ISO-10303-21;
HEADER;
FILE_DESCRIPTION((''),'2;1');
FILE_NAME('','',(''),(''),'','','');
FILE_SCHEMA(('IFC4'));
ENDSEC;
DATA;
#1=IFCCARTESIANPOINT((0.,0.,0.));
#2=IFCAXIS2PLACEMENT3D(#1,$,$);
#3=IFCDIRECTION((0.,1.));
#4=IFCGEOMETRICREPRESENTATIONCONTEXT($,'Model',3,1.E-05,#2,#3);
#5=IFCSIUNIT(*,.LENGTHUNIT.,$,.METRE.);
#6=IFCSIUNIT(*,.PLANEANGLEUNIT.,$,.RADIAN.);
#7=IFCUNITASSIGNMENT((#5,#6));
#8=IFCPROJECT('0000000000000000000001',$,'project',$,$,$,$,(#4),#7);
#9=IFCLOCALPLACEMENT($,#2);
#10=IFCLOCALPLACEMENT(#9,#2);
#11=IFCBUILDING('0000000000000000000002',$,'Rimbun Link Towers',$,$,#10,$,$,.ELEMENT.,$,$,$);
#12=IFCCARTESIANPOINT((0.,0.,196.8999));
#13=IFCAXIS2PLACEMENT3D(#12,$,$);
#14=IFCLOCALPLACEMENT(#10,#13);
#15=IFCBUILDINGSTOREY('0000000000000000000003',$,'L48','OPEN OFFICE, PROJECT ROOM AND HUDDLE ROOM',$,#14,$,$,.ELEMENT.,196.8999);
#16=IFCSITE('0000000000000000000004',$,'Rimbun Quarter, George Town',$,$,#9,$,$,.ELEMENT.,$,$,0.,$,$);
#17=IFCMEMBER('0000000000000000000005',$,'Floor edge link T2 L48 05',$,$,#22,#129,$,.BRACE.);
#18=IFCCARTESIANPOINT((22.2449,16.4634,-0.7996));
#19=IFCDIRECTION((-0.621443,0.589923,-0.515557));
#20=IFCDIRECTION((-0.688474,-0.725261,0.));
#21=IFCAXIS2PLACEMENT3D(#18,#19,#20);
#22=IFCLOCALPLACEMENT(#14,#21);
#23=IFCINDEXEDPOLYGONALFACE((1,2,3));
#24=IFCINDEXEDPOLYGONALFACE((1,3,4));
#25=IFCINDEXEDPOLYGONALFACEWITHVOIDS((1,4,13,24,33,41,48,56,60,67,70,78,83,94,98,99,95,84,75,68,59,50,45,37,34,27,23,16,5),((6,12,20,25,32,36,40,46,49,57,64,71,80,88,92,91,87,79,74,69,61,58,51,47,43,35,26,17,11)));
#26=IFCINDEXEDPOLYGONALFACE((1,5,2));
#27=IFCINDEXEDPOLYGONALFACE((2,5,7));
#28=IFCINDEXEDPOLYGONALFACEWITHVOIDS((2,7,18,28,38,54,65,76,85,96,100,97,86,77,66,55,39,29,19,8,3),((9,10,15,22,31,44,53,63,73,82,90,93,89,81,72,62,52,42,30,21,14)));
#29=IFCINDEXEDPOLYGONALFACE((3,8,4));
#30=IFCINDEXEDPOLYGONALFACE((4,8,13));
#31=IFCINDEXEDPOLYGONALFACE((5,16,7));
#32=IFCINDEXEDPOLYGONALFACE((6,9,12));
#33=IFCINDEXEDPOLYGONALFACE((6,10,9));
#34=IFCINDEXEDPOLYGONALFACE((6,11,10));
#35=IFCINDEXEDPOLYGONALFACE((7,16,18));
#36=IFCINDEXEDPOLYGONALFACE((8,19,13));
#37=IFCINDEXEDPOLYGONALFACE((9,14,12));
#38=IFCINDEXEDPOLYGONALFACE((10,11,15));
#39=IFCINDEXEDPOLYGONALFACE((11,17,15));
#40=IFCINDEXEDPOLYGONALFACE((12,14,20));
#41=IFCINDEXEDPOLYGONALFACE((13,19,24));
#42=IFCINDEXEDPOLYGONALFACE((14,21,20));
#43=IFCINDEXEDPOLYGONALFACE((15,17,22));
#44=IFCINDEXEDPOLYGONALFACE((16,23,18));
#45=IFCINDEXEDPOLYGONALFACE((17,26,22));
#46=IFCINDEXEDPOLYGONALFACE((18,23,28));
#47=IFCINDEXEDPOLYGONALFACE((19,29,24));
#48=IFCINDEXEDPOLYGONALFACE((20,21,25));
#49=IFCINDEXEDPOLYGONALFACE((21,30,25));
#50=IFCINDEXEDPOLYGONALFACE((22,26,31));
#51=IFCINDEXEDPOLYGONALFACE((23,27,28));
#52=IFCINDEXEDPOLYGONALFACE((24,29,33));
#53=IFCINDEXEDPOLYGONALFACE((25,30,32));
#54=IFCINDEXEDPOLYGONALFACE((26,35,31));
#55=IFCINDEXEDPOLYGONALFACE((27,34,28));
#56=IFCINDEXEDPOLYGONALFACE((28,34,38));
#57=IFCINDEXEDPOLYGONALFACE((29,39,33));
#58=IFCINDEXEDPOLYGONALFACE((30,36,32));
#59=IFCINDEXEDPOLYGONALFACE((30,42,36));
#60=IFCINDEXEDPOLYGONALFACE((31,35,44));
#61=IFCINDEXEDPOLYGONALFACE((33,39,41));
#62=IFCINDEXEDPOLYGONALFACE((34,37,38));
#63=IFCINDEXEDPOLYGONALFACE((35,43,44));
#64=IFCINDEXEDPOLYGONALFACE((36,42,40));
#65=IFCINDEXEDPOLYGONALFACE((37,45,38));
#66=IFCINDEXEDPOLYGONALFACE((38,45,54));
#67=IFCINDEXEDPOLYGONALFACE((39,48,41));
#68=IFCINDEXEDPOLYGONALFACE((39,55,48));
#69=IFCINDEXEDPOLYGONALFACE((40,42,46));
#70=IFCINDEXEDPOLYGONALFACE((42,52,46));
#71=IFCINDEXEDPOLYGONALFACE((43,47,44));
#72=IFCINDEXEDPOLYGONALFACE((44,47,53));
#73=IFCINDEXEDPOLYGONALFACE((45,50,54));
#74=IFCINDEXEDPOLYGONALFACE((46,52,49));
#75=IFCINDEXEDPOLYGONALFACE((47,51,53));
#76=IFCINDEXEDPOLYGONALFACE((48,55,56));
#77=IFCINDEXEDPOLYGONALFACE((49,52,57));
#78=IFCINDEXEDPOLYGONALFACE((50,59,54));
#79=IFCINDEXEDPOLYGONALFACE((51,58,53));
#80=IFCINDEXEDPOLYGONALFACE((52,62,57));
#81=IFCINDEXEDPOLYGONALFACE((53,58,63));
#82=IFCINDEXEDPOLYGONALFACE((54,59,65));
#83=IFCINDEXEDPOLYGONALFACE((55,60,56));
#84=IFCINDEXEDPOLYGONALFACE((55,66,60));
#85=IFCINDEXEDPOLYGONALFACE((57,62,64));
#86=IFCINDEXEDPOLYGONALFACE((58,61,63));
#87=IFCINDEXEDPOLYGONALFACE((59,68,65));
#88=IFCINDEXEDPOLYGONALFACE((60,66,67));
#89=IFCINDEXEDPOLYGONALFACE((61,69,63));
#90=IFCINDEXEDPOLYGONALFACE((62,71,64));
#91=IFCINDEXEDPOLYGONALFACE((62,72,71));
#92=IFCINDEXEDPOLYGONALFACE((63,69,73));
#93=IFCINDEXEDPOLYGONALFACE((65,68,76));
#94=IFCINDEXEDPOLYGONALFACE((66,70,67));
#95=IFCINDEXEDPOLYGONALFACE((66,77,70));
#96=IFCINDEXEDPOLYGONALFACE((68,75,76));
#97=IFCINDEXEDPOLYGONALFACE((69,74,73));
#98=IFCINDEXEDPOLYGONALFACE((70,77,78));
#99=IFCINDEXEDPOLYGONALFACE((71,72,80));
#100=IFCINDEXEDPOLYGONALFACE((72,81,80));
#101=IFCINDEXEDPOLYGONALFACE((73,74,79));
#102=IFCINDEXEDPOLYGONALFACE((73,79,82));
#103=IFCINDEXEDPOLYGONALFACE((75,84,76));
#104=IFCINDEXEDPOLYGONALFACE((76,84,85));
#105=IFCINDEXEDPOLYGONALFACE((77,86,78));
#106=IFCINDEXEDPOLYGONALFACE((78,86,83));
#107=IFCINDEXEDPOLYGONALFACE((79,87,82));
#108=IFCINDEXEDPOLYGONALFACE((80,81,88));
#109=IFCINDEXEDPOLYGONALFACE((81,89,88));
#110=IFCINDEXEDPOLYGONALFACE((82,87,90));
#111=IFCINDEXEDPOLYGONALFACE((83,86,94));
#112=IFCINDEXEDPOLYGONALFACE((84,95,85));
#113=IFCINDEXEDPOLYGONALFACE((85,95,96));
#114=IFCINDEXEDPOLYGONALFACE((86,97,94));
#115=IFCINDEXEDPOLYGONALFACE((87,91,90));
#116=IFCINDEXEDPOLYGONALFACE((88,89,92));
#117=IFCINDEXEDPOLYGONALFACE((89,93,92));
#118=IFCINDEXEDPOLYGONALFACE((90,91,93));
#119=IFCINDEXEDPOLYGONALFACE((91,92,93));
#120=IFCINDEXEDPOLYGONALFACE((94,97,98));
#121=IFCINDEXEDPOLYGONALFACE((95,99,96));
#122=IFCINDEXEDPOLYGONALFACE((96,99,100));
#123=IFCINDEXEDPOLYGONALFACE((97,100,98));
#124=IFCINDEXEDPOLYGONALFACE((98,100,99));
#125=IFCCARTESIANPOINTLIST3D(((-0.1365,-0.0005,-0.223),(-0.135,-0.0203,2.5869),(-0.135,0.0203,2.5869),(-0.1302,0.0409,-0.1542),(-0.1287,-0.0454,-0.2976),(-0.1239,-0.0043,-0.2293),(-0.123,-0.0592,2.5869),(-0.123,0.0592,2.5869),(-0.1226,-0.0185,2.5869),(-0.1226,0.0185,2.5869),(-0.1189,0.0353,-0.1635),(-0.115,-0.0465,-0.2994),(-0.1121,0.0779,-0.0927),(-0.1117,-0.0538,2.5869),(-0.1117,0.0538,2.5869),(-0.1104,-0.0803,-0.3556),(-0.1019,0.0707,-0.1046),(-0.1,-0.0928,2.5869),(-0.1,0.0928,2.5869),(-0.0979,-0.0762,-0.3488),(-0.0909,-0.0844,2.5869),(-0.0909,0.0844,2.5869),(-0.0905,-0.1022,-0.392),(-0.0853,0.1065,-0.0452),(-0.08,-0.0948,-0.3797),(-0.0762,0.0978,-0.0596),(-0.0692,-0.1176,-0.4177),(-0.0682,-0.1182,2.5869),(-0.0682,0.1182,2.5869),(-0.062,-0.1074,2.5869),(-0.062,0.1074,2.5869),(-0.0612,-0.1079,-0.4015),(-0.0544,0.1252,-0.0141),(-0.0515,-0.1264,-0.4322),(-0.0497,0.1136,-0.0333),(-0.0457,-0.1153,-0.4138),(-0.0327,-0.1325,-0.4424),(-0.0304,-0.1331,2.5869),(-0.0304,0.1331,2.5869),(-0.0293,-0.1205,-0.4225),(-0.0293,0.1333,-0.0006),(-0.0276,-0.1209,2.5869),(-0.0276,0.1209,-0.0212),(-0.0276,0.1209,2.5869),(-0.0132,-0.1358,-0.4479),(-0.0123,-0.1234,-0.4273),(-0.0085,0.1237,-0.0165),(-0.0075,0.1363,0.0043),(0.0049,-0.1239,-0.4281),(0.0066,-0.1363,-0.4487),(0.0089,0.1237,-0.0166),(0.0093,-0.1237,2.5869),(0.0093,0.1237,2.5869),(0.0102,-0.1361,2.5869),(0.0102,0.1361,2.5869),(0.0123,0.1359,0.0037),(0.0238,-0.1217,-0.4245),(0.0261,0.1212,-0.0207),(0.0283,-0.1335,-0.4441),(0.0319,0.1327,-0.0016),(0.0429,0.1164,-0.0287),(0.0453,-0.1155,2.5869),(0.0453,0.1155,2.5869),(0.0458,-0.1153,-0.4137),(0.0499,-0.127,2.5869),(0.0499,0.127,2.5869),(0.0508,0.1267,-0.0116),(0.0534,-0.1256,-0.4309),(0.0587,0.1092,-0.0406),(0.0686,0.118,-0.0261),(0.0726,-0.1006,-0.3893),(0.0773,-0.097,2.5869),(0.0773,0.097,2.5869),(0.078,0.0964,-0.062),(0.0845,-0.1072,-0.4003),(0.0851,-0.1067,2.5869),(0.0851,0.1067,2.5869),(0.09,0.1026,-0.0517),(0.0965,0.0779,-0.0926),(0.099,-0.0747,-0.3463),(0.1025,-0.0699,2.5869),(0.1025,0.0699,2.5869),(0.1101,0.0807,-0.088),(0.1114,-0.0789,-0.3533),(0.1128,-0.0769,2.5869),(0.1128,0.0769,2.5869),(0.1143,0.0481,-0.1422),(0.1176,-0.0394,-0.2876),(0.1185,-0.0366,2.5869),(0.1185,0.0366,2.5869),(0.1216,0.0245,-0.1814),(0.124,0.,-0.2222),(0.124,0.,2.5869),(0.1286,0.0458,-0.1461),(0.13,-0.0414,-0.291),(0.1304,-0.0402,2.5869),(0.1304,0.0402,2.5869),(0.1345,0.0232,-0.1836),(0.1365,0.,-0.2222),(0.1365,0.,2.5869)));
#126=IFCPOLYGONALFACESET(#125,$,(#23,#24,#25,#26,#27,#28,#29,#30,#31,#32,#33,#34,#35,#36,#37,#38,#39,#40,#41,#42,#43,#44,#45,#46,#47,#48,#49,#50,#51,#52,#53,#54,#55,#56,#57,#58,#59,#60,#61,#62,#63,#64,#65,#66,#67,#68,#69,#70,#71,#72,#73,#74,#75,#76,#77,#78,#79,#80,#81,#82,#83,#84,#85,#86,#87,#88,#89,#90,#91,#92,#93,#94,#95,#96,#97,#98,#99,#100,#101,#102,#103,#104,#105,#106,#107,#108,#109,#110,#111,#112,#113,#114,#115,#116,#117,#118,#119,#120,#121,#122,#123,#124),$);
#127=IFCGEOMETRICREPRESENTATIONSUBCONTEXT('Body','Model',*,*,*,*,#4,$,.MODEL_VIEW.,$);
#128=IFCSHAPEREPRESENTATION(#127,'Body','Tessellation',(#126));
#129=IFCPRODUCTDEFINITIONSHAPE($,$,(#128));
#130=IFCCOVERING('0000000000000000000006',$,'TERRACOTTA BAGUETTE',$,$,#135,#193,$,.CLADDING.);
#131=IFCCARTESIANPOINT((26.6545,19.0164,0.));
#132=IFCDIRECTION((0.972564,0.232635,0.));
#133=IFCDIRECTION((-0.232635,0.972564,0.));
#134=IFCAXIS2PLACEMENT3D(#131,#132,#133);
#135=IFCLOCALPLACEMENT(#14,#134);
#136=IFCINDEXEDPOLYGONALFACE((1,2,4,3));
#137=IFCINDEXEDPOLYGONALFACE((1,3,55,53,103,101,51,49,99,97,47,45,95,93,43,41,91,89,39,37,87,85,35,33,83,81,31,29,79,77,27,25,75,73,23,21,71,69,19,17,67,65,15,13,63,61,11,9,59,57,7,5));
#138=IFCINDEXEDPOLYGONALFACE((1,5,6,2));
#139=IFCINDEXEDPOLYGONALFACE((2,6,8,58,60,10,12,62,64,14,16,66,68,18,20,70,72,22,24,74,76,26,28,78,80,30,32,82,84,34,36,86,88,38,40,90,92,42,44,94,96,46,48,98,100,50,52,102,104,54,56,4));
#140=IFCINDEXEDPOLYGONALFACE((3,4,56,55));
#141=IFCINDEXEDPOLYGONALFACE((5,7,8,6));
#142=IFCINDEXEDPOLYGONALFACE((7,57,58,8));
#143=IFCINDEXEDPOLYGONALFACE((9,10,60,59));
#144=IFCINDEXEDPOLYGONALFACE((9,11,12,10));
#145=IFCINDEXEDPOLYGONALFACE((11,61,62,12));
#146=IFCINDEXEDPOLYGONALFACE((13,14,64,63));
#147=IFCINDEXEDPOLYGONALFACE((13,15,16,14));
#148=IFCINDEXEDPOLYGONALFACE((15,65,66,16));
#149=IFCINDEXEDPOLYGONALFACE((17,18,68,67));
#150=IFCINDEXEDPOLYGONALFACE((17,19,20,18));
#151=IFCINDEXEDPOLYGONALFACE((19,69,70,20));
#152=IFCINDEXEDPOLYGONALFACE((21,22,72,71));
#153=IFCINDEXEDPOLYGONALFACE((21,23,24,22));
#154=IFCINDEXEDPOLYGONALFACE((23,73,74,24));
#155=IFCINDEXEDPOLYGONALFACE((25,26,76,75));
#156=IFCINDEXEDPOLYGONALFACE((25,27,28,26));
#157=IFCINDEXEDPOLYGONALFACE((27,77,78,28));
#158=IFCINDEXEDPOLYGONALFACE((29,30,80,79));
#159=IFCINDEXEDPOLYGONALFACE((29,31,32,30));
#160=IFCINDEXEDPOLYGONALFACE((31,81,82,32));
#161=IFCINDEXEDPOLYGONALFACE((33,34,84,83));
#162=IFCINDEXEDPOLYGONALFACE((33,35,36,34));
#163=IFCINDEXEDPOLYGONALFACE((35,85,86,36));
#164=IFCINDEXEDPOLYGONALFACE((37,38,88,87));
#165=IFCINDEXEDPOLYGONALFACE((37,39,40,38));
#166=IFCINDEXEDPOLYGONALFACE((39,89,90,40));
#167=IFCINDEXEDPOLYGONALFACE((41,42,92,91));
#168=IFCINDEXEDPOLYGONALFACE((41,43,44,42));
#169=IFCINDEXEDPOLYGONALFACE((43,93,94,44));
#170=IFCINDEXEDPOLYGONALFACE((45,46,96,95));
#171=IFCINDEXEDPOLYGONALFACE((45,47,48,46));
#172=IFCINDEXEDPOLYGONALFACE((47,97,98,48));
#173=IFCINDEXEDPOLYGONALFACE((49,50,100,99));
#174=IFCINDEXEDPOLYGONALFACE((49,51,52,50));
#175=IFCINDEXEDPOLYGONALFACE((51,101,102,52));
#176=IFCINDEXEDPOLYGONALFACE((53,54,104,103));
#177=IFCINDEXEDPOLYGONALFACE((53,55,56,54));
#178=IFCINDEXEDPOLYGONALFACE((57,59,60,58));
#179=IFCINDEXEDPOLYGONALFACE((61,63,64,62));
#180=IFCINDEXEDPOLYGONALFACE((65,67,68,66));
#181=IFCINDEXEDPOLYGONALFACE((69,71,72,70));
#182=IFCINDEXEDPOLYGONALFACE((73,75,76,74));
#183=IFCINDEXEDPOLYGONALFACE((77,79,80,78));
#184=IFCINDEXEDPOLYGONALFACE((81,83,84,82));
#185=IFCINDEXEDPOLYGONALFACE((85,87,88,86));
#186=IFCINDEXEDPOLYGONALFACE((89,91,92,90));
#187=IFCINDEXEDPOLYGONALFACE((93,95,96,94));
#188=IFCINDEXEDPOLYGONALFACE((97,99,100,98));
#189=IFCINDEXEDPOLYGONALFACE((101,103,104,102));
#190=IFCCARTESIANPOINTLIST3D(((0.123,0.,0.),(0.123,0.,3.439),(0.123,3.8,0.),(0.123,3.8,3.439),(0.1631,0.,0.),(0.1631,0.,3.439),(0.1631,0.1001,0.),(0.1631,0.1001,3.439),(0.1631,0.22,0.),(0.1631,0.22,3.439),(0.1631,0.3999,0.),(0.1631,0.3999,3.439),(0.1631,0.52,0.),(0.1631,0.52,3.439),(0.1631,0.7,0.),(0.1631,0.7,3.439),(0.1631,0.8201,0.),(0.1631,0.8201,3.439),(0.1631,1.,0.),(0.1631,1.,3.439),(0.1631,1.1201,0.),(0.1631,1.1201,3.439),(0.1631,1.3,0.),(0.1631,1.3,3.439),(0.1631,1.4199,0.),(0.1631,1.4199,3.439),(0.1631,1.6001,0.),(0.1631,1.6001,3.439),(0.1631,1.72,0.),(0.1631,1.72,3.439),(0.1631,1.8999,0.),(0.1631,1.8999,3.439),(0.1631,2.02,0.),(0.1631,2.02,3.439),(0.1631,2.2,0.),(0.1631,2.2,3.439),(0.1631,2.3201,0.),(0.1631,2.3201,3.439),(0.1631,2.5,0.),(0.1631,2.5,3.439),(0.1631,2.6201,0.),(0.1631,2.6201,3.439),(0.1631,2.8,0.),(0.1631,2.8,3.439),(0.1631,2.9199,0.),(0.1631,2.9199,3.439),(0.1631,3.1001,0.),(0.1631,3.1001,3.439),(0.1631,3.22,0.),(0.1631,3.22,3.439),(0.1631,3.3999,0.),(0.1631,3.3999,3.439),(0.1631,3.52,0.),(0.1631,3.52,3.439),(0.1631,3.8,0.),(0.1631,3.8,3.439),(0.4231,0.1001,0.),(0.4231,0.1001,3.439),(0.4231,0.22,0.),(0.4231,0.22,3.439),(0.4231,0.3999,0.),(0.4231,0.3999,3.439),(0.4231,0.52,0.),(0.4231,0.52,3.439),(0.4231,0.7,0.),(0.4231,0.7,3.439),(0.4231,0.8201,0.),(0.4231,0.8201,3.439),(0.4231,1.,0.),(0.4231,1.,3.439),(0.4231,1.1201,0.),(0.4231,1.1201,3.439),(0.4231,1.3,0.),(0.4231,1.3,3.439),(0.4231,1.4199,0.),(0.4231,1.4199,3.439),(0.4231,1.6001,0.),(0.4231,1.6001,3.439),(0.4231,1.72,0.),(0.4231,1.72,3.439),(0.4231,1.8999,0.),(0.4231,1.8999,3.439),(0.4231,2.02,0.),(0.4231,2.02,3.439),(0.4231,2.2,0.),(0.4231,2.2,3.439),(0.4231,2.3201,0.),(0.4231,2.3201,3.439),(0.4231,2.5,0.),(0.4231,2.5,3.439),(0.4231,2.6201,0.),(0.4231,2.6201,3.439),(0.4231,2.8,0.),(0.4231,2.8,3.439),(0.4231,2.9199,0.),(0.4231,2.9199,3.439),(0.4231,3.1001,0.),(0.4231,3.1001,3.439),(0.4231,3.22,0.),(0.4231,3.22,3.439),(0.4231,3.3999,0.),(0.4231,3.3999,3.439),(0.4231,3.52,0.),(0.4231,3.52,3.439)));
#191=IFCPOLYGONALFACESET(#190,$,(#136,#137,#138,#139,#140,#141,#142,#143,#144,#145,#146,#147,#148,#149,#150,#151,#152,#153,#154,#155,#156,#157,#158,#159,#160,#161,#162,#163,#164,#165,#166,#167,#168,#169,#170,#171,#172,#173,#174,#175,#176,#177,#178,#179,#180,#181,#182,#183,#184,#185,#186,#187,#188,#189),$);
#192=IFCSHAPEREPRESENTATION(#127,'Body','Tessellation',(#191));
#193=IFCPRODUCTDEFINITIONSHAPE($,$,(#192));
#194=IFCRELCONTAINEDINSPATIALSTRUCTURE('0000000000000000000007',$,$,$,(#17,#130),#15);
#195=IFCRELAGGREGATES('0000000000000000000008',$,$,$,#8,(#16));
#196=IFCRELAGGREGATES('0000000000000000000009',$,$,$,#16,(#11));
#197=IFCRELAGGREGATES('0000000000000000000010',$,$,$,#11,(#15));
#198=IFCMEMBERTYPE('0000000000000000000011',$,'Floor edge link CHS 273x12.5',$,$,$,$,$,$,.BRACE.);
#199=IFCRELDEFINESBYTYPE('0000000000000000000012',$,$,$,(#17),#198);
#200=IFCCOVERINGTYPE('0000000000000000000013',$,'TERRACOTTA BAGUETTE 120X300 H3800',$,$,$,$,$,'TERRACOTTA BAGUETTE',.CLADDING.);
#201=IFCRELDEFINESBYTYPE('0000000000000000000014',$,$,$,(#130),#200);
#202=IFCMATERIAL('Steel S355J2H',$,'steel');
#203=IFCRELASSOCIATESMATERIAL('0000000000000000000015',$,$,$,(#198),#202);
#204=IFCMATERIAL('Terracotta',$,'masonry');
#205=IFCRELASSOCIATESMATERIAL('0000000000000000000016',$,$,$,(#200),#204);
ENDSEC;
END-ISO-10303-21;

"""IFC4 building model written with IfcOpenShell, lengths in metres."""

from ifc_helpers import new_model, si_unit, direction, frame, origin, origin_2d, place, context, subcontext, project, spatial, polyline, hollow_circle, outline, extrude, clip, halfspace, material, material_profile, profile_set, type_object, element, save


model = new_model("IFC4")

# Units and contexts
model_context = context("Model", 3, precision=1e-05, world=origin(), true_north=direction((0.0, 1.0)))
body_context = subcontext(model_context, "Body", "Model", "MODEL_VIEW")
ifc_project = project(units=[si_unit("LENGTHUNIT", "METRE"), si_unit("PLANEANGLEUNIT", "RADIAN")], contexts=[model_context])

# Site, building, storey
site_placement = place(None, origin())
site = spatial("IfcSite", under=ifc_project, at=site_placement, Name="Rimbun Quarter, George Town", CompositionType="ELEMENT", RefElevation=0.0)
building_placement = place(site_placement, origin())
building = spatial("IfcBuilding", under=site, at=building_placement, Name="Rimbun Link Towers", CompositionType="ELEMENT")
storey_placement = place(building_placement, frame((0.0, 0.0, 196.8999)))
storey = spatial("IfcBuildingStorey", under=building, at=storey_placement, Name="L48", Description="OPEN OFFICE, PROJECT ROOM AND HUDDLE ROOM", CompositionType="ELEMENT", Elevation=196.8999)

# Member
ifc_material_1 = material(Name="Steel S355J2H", Category="steel")
ifc_material_profile_1 = material_profile(ifc_material_1, hollow_circle(Radius=0.1365, WallThickness=0.0125, at=origin_2d()), Name="CHS 273x12.5")
ifc_profile_set_1 = profile_set([ifc_material_profile_1], Name="Steel S355J2H")
member_type_1 = type_object("IfcMemberType", Name="Floor edge link CHS 273x12.5", PredefinedType="BRACE", material=ifc_profile_set_1)
member_1_placement = place(storey_placement, frame((22.2449, 16.4634, -0.7996), z_axis=(-0.621443, 0.589923, -0.515557), x_axis=(-0.688474, -0.725261, 0.0)))
element("IfcMember", 1, at=member_1_placement, inside=storey, type_object=member_type_1, Name="Floor edge link T2 L48 05", PredefinedType="BRACE", context=body_context, shape_type="Clipping", body=[
    clip(extrude(hollow_circle(Radius=0.1365, WallThickness=0.0125, at=origin_2d()), frame((0.0, 0.0, -0.4731)), (0.0, 0.0, 1.0), 3.0601), halfspace(frame((0.0, 0.0, -0.2222), z_axis=(0.0, 0.856855, -0.515557)), False)),
])

# Covering
ifc_material_2 = material(Name="Terracotta", Category="masonry")
ifc_material_profile_2 = material_profile(ifc_material_2, outline(polyline([(0.123, 0.0), (0.1631, 0.0), (0.1631, 0.1001), (0.4231, 0.1001), (0.4231, 0.22), (0.1631, 0.22), (0.1631, 0.3999), (0.4231, 0.3999), (0.4231, 0.52), (0.1631, 0.52), (0.1631, 0.7), (0.4231, 0.7), (0.4231, 0.8201), (0.1631, 0.8201), (0.1631, 1.0), (0.4231, 1.0), (0.4231, 1.1201), (0.1631, 1.1201), (0.1631, 1.3), (0.4231, 1.3), (0.4231, 1.4199), (0.1631, 1.4199), (0.1631, 1.6001), (0.4231, 1.6001), (0.4231, 1.72), (0.1631, 1.72), (0.1631, 1.8999), (0.4231, 1.8999), (0.4231, 2.02), (0.1631, 2.02), (0.1631, 2.2), (0.4231, 2.2), (0.4231, 2.3201), (0.1631, 2.3201), (0.1631, 2.5), (0.4231, 2.5), (0.4231, 2.6201), (0.1631, 2.6201), (0.1631, 2.8), (0.4231, 2.8), (0.4231, 2.9199), (0.1631, 2.9199), (0.1631, 3.1001), (0.4231, 3.1001), (0.4231, 3.22), (0.1631, 3.22), (0.1631, 3.3999), (0.4231, 3.3999), (0.4231, 3.52), (0.1631, 3.52), (0.1631, 3.8), (0.123, 3.8), (0.123, 0.0)])), Name="BAGUETTE 120X300")
ifc_profile_set_2 = profile_set([ifc_material_profile_2], Name="Terracotta")
covering_type = type_object("IfcCoveringType", Name="TERRACOTTA BAGUETTE 120X300 H3800", ElementType="TERRACOTTA BAGUETTE", PredefinedType="CLADDING", material=ifc_profile_set_2)
covering_1_placement = place(storey_placement, frame((26.6545, 19.0164, 0.0), z_axis=(0.972564, 0.232635, 0.0), x_axis=(-0.232635, 0.972564, 0.0)))
element("IfcCovering", 2, at=covering_1_placement, inside=storey, type_object=covering_type, Name="TERRACOTTA BAGUETTE", PredefinedType="CLADDING", context=body_context, shape_type="SweptSolid", body=[
    extrude(outline(polyline([(0.123, 0.0), (0.1631, 0.0), (0.1631, 0.1001), (0.4231, 0.1001), (0.4231, 0.22), (0.1631, 0.22), (0.1631, 0.3999), (0.4231, 0.3999), (0.4231, 0.52), (0.1631, 0.52), (0.1631, 0.7), (0.4231, 0.7), (0.4231, 0.8201), (0.1631, 0.8201), (0.1631, 1.0), (0.4231, 1.0), (0.4231, 1.1201), (0.1631, 1.1201), (0.1631, 1.3), (0.4231, 1.3), (0.4231, 1.4199), (0.1631, 1.4199), (0.1631, 1.6001), (0.4231, 1.6001), (0.4231, 1.72), (0.1631, 1.72), (0.1631, 1.8999), (0.4231, 1.8999), (0.4231, 2.02), (0.1631, 2.02), (0.1631, 2.2), (0.4231, 2.2), (0.4231, 2.3201), (0.1631, 2.3201), (0.1631, 2.5), (0.4231, 2.5), (0.4231, 2.6201), (0.1631, 2.6201), (0.1631, 2.8), (0.4231, 2.8), (0.4231, 2.9199), (0.1631, 2.9199), (0.1631, 3.1001), (0.4231, 3.1001), (0.4231, 3.22), (0.1631, 3.22), (0.1631, 3.3999), (0.4231, 3.3999), (0.4231, 3.52), (0.1631, 3.52), (0.1631, 3.8), (0.123, 3.8), (0.123, 0.0)])), origin(), (0.0, 0.0, 1.0), 3.439),
])

save(model, "model.ifc")
